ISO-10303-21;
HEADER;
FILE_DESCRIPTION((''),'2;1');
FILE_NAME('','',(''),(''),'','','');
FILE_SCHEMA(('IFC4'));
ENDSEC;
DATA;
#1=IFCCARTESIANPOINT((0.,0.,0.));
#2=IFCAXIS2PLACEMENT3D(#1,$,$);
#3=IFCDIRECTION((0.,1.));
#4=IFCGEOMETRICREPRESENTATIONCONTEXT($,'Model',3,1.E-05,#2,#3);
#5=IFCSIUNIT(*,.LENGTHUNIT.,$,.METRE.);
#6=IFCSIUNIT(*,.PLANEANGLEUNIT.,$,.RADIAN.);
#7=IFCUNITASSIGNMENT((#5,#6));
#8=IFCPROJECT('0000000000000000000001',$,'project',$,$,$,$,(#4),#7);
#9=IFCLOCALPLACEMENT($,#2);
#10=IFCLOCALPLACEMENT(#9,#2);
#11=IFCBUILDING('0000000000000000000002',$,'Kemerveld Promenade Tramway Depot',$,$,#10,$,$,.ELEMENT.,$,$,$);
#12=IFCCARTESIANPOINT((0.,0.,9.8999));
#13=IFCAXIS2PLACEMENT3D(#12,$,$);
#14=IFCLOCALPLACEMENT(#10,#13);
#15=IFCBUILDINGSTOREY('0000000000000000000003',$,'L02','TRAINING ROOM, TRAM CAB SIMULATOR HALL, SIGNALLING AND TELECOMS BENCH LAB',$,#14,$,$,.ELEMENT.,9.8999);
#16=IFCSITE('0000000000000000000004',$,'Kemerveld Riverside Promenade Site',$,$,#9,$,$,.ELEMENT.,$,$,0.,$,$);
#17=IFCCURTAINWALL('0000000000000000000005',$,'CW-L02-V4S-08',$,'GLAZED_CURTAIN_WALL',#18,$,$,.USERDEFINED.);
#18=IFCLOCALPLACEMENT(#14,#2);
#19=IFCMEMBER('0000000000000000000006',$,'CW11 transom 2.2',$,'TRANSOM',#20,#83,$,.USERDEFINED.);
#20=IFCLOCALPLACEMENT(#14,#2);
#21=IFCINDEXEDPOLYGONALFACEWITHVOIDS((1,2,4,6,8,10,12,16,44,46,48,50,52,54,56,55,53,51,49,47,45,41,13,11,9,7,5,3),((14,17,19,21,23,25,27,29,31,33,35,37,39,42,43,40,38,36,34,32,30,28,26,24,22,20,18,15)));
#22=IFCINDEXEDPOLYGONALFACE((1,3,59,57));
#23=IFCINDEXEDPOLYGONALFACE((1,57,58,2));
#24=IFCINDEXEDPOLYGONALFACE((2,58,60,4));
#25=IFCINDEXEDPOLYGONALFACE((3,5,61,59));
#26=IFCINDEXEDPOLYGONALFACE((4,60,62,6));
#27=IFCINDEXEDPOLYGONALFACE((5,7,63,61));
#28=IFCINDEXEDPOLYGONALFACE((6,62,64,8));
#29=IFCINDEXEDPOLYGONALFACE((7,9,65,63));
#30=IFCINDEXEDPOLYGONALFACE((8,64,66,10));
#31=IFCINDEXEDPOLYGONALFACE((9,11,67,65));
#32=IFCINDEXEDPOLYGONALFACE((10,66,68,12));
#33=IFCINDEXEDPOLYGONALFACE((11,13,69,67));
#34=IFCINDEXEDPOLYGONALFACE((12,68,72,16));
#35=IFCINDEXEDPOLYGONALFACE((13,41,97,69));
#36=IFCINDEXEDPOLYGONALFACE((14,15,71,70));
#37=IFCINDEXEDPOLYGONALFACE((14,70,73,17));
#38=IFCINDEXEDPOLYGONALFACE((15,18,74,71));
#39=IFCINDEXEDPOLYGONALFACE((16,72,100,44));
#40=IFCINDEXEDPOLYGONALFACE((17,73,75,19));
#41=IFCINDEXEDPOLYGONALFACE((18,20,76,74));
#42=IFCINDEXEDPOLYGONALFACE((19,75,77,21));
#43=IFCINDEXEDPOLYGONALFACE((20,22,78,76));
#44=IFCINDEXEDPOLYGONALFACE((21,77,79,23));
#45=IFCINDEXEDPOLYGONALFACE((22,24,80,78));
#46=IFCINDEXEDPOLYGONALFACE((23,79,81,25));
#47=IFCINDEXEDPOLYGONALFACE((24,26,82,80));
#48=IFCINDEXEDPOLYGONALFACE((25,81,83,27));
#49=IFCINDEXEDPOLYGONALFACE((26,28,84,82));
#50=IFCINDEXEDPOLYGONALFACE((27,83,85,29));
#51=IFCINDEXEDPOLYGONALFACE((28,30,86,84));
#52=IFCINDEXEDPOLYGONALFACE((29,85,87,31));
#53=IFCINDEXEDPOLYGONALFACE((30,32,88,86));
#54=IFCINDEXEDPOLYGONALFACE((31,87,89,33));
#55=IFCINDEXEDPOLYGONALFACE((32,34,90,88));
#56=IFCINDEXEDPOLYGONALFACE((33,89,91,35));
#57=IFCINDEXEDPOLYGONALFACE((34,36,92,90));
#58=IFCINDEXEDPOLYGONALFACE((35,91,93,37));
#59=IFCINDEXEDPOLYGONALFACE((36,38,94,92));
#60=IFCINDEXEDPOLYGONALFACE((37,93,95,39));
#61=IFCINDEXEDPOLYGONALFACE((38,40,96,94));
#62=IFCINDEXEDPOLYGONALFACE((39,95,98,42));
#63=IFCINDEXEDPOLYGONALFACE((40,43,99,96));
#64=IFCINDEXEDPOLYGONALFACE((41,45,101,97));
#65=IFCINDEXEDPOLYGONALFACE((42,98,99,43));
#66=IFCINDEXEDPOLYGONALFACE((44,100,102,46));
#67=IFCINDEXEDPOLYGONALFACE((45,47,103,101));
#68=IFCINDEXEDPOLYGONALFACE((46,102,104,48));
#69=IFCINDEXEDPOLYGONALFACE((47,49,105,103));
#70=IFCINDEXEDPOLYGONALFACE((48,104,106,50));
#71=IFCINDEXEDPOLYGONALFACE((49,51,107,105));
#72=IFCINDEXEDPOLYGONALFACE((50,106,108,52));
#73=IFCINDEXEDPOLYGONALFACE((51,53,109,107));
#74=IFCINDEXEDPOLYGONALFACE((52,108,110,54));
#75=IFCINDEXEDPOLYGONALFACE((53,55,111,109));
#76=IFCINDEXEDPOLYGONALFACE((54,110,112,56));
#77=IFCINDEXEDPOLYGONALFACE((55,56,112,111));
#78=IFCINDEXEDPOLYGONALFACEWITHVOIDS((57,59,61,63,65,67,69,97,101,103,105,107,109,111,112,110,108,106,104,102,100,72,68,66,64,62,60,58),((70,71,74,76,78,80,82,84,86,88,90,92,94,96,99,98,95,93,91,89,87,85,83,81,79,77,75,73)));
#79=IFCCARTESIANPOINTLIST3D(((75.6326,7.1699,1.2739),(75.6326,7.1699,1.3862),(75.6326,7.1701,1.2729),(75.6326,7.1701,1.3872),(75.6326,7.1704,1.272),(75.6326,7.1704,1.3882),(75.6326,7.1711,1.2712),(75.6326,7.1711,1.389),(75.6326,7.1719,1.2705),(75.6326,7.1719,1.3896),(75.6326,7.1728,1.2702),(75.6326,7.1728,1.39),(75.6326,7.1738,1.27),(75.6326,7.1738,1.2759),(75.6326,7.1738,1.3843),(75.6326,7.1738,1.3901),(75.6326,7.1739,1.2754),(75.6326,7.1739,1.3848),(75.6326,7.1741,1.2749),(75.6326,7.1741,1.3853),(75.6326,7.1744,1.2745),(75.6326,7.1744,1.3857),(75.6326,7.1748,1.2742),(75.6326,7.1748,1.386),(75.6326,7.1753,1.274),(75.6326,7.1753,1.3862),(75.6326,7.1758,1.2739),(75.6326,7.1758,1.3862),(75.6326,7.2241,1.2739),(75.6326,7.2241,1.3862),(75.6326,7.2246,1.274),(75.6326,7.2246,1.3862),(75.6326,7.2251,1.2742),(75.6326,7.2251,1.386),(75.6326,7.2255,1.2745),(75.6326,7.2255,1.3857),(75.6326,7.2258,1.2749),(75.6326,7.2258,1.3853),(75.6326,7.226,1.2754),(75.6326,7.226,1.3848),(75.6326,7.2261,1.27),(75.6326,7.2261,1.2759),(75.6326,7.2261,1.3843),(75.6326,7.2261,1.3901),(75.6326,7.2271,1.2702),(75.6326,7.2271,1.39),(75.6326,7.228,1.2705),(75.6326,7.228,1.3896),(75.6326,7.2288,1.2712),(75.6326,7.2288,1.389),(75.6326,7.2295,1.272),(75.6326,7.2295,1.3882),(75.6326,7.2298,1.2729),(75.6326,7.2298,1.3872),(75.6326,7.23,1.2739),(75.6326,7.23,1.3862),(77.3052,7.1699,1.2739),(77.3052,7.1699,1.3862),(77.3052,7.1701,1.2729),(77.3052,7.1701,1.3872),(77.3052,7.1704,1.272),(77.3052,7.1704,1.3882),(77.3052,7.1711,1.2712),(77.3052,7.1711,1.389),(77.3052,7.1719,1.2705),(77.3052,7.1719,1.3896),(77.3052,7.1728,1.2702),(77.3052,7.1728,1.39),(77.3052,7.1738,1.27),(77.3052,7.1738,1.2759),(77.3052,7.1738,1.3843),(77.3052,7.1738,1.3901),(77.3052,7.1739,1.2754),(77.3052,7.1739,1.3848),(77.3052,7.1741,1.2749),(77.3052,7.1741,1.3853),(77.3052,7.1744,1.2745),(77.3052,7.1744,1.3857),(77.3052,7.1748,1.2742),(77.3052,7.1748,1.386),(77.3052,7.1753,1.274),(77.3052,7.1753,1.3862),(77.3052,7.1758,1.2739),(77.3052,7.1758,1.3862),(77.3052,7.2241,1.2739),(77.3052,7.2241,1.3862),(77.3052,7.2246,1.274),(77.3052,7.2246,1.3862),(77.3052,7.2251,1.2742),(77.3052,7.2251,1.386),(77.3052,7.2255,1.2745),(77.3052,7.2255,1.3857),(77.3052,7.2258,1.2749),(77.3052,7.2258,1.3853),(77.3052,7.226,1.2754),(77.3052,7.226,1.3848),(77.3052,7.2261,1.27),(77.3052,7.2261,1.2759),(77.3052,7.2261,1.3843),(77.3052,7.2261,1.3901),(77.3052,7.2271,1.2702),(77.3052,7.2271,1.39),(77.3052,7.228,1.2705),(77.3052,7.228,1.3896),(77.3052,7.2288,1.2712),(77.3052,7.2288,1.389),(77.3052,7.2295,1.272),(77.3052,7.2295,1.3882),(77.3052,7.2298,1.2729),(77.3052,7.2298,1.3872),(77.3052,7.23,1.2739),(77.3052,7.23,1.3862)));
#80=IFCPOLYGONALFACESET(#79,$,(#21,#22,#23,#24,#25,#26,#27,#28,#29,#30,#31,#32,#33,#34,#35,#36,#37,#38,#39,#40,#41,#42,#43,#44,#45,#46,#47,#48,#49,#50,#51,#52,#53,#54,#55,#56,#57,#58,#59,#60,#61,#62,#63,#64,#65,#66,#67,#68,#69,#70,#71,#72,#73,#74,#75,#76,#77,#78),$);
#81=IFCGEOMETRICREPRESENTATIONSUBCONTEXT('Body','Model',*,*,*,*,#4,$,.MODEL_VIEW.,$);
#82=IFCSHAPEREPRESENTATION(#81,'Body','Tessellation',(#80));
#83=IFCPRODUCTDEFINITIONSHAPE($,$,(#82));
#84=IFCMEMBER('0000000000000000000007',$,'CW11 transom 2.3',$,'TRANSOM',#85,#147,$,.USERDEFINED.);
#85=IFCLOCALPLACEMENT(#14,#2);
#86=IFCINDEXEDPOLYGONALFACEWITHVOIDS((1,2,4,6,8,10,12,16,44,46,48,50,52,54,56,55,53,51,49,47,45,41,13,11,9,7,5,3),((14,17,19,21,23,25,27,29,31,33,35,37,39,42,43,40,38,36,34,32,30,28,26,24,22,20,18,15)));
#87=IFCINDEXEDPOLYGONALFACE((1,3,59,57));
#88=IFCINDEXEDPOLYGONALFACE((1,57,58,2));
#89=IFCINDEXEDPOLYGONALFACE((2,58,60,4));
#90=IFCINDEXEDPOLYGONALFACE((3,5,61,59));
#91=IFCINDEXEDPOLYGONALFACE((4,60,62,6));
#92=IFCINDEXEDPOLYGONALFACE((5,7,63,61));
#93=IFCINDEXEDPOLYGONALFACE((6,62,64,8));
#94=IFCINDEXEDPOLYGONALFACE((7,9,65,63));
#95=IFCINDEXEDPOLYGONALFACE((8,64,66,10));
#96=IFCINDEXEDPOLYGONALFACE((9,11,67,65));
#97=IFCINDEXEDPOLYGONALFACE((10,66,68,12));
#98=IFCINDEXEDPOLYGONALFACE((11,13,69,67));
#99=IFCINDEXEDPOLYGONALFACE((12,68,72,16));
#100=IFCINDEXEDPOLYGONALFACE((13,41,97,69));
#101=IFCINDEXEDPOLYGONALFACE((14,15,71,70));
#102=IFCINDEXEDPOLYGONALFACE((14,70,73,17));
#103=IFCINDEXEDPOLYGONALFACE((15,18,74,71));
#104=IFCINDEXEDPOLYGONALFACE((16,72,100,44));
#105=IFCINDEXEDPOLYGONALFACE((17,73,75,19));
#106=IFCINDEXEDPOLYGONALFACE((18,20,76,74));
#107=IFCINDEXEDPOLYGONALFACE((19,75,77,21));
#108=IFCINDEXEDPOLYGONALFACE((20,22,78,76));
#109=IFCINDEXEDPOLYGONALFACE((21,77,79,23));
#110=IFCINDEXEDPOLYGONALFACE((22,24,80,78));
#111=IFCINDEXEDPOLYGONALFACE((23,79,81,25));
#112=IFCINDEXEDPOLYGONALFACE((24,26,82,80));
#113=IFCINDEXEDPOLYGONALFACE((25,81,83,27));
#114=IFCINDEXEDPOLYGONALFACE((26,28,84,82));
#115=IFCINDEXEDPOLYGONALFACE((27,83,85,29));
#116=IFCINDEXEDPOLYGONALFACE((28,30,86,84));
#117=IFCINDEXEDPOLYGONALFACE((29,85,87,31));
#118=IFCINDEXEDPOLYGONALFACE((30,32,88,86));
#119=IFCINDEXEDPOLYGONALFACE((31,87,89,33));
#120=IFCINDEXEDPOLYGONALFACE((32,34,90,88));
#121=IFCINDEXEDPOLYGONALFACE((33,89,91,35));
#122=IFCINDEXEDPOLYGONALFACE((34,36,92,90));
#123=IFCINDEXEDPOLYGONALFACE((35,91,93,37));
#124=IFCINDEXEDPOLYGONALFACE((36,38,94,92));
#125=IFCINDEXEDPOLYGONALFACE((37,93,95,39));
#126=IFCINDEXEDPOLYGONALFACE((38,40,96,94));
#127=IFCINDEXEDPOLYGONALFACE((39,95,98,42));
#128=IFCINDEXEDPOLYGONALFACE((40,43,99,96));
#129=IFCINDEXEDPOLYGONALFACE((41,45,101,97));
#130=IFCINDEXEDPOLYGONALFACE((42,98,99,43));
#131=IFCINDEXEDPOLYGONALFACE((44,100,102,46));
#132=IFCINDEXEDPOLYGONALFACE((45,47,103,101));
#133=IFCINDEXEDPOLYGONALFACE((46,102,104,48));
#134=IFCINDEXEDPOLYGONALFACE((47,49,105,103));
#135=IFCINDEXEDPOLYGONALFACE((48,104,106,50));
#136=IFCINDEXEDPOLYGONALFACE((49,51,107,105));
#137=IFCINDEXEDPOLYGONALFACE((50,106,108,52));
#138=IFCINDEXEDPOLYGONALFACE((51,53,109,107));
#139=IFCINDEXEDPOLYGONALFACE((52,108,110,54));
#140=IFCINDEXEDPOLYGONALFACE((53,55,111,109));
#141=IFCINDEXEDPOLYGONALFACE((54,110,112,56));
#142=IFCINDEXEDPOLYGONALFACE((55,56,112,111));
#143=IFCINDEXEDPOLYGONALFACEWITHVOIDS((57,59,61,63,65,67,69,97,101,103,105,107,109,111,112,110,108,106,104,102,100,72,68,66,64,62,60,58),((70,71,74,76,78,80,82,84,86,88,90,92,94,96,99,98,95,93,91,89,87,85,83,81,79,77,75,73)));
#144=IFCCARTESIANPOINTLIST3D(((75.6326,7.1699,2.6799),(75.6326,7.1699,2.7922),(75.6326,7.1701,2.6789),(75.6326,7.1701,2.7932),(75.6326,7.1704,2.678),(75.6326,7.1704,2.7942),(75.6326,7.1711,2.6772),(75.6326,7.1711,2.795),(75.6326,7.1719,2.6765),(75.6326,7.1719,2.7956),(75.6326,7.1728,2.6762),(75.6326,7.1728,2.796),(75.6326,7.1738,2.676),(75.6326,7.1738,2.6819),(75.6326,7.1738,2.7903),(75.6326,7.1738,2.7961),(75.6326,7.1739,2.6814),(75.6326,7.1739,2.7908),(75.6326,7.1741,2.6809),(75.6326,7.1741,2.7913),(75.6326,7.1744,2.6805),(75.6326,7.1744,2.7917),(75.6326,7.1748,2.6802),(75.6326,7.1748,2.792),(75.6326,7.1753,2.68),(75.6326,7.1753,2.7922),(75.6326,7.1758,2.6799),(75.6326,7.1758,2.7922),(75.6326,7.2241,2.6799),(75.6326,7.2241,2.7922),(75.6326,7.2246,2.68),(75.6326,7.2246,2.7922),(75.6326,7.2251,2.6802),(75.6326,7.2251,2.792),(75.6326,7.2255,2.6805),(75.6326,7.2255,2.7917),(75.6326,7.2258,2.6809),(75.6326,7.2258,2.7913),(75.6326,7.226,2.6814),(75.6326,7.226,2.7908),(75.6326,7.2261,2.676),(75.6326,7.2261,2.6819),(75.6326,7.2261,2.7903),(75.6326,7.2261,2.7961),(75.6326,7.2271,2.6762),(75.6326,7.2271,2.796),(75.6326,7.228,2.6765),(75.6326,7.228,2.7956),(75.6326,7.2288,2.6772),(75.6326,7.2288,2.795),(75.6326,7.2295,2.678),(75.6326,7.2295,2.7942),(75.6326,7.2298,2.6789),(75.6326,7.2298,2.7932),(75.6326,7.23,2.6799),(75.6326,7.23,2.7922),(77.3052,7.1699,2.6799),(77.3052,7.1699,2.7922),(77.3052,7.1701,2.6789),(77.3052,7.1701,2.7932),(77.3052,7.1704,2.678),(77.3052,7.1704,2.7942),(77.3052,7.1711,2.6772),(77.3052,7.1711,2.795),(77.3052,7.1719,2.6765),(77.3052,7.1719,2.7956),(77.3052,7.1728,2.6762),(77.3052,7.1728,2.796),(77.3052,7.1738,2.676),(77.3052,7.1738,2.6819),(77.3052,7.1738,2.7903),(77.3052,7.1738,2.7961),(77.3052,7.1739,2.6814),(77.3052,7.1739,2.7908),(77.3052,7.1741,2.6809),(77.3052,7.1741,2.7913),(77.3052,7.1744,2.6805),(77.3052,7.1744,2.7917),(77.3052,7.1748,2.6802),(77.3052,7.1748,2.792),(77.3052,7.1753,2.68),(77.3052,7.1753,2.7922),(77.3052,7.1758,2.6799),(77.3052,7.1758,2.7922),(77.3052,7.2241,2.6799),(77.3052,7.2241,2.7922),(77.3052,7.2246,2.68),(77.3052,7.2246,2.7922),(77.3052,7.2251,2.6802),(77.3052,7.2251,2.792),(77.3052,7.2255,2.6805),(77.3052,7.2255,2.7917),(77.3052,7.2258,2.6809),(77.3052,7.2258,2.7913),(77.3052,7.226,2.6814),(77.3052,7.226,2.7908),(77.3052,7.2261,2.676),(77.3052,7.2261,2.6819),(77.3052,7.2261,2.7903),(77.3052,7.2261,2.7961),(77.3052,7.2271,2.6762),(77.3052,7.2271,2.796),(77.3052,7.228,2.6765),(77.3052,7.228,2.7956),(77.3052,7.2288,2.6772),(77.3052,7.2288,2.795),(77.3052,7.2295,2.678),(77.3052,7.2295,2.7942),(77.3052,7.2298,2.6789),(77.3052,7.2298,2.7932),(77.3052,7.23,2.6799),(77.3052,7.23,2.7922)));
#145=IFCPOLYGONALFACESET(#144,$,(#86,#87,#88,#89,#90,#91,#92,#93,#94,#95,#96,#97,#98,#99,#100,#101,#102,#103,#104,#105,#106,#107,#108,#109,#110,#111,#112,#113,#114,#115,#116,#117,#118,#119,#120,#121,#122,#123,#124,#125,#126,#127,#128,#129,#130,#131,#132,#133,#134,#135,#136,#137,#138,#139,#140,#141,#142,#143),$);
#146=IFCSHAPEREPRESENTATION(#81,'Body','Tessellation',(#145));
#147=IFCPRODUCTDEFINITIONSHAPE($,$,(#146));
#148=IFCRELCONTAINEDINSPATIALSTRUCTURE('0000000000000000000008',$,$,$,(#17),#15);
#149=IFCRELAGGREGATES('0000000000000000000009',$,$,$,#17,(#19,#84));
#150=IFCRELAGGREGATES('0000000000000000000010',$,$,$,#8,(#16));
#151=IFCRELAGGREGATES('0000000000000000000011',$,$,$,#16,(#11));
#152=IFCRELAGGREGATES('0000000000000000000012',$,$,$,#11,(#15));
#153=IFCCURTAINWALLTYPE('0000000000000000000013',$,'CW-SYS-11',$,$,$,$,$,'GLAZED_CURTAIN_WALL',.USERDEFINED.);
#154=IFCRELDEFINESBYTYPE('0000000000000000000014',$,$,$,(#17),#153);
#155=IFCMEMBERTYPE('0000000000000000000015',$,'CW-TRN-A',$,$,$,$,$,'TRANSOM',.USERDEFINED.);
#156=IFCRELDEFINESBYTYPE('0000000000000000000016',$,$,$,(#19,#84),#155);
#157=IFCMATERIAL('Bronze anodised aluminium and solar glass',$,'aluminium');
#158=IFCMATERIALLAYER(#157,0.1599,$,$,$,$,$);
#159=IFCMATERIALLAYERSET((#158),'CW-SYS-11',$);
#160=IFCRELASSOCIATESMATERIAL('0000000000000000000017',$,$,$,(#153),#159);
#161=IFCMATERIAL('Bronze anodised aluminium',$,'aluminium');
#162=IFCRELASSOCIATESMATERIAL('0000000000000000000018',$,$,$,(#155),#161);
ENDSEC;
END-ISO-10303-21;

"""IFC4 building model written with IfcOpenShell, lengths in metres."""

from ifc_helpers import new_model, si_unit, direction, frame, origin, origin_2d, place, context, subcontext, project, spatial, hollow_rectangle, extrude, material, layer, layer_set, material_profile, profile_set, type_object, element, aggregate, save


model = new_model("IFC4")

# Units and contexts
model_context = context("Model", 3, precision=1e-05, world=origin(), true_north=direction((0.0, 1.0)))
body_context = subcontext(model_context, "Body", "Model", "MODEL_VIEW")
ifc_project = project(units=[si_unit("LENGTHUNIT", "METRE"), si_unit("PLANEANGLEUNIT", "RADIAN")], contexts=[model_context])

# Site, building, storey
site_placement = place(None, origin())
site = spatial("IfcSite", under=ifc_project, at=site_placement, Name="Kemerveld Riverside Promenade Site", CompositionType="ELEMENT", RefElevation=0.0)
building_placement = place(site_placement, origin())
building = spatial("IfcBuilding", under=site, at=building_placement, Name="Kemerveld Promenade Tramway Depot", CompositionType="ELEMENT")
storey_placement = place(building_placement, frame((0.0, 0.0, 9.8999)))
storey = spatial("IfcBuildingStorey", under=building, at=storey_placement, Name="L02", Description="TRAINING ROOM, TRAM CAB SIMULATOR HALL, SIGNALLING AND TELECOMS BENCH LAB", CompositionType="ELEMENT", Elevation=9.8999)

# Curtain wall, members
ifc_material_1 = material(Name="Bronze anodised aluminium and solar glass", Category="aluminium")
ifc_layer_1 = layer(ifc_material_1, 0.1599)
ifc_layer_set_1 = layer_set([ifc_layer_1], Name="CW-SYS-11")
curtain_wall_type = type_object("IfcCurtainWallType", Name="CW-SYS-11", ElementType="GLAZED_CURTAIN_WALL", PredefinedType="USERDEFINED", material=ifc_layer_set_1)
curtain_wall_placement = place(storey_placement, origin())
curtain_wall = element("IfcCurtainWall", 1, at=curtain_wall_placement, inside=storey, type_object=curtain_wall_type, Name="CW-L02-V4S-08", ObjectType="GLAZED_CURTAIN_WALL", PredefinedType="USERDEFINED")
ifc_material_2 = material(Name="Bronze anodised aluminium", Category="aluminium")
ifc_material_profile_1 = material_profile(ifc_material_2, hollow_rectangle(XDim=0.0601, YDim=0.1201, WallThickness=0.0039, InnerFilletRadius=0.002, OuterFilletRadius=0.0039, at=origin_2d()), Name="CW-TRN-120x60")
ifc_profile_set_1 = profile_set([ifc_material_profile_1], Name="Bronze anodised aluminium")
member_type_1 = type_object("IfcMemberType", Name="CW-TRN-A", ElementType="TRANSOM", PredefinedType="USERDEFINED", material=ifc_profile_set_1)
member_1_placement = place(storey_placement, frame((77.3052, 7.2, 1.3301), z_axis=(-1.0, 0.0, 0.0), x_axis=(0.0, -1.0, 0.0)))
member_1 = element("IfcMember", 2, at=member_1_placement, type_object=member_type_1, Name="CW11 transom 2.2", ObjectType="TRANSOM", PredefinedType="USERDEFINED", context=body_context, shape_type="SweptSolid", body=[
    extrude(hollow_rectangle(XDim=0.0601, YDim=0.1201, WallThickness=0.0039, InnerFilletRadius=0.002, OuterFilletRadius=0.0039, at=origin_2d()), origin(), (0.0, 0.0, 1.0), 1.6726),
])
member_2_placement = place(storey_placement, frame((77.3052, 7.2, 2.7361), z_axis=(-1.0, 0.0, 0.0), x_axis=(0.0, -1.0, 0.0)))
member_2 = element("IfcMember", 3, at=member_2_placement, type_object=member_type_1, Name="CW11 transom 2.3", ObjectType="TRANSOM", PredefinedType="USERDEFINED", context=body_context, shape_type="SweptSolid", body=[
    extrude(hollow_rectangle(XDim=0.0601, YDim=0.1201, WallThickness=0.0039, InnerFilletRadius=0.002, OuterFilletRadius=0.0039, at=origin_2d()), origin(), (0.0, 0.0, 1.0), 1.6726),
])
aggregate(curtain_wall, [member_1, member_2])

save(model, "model.ifc")
